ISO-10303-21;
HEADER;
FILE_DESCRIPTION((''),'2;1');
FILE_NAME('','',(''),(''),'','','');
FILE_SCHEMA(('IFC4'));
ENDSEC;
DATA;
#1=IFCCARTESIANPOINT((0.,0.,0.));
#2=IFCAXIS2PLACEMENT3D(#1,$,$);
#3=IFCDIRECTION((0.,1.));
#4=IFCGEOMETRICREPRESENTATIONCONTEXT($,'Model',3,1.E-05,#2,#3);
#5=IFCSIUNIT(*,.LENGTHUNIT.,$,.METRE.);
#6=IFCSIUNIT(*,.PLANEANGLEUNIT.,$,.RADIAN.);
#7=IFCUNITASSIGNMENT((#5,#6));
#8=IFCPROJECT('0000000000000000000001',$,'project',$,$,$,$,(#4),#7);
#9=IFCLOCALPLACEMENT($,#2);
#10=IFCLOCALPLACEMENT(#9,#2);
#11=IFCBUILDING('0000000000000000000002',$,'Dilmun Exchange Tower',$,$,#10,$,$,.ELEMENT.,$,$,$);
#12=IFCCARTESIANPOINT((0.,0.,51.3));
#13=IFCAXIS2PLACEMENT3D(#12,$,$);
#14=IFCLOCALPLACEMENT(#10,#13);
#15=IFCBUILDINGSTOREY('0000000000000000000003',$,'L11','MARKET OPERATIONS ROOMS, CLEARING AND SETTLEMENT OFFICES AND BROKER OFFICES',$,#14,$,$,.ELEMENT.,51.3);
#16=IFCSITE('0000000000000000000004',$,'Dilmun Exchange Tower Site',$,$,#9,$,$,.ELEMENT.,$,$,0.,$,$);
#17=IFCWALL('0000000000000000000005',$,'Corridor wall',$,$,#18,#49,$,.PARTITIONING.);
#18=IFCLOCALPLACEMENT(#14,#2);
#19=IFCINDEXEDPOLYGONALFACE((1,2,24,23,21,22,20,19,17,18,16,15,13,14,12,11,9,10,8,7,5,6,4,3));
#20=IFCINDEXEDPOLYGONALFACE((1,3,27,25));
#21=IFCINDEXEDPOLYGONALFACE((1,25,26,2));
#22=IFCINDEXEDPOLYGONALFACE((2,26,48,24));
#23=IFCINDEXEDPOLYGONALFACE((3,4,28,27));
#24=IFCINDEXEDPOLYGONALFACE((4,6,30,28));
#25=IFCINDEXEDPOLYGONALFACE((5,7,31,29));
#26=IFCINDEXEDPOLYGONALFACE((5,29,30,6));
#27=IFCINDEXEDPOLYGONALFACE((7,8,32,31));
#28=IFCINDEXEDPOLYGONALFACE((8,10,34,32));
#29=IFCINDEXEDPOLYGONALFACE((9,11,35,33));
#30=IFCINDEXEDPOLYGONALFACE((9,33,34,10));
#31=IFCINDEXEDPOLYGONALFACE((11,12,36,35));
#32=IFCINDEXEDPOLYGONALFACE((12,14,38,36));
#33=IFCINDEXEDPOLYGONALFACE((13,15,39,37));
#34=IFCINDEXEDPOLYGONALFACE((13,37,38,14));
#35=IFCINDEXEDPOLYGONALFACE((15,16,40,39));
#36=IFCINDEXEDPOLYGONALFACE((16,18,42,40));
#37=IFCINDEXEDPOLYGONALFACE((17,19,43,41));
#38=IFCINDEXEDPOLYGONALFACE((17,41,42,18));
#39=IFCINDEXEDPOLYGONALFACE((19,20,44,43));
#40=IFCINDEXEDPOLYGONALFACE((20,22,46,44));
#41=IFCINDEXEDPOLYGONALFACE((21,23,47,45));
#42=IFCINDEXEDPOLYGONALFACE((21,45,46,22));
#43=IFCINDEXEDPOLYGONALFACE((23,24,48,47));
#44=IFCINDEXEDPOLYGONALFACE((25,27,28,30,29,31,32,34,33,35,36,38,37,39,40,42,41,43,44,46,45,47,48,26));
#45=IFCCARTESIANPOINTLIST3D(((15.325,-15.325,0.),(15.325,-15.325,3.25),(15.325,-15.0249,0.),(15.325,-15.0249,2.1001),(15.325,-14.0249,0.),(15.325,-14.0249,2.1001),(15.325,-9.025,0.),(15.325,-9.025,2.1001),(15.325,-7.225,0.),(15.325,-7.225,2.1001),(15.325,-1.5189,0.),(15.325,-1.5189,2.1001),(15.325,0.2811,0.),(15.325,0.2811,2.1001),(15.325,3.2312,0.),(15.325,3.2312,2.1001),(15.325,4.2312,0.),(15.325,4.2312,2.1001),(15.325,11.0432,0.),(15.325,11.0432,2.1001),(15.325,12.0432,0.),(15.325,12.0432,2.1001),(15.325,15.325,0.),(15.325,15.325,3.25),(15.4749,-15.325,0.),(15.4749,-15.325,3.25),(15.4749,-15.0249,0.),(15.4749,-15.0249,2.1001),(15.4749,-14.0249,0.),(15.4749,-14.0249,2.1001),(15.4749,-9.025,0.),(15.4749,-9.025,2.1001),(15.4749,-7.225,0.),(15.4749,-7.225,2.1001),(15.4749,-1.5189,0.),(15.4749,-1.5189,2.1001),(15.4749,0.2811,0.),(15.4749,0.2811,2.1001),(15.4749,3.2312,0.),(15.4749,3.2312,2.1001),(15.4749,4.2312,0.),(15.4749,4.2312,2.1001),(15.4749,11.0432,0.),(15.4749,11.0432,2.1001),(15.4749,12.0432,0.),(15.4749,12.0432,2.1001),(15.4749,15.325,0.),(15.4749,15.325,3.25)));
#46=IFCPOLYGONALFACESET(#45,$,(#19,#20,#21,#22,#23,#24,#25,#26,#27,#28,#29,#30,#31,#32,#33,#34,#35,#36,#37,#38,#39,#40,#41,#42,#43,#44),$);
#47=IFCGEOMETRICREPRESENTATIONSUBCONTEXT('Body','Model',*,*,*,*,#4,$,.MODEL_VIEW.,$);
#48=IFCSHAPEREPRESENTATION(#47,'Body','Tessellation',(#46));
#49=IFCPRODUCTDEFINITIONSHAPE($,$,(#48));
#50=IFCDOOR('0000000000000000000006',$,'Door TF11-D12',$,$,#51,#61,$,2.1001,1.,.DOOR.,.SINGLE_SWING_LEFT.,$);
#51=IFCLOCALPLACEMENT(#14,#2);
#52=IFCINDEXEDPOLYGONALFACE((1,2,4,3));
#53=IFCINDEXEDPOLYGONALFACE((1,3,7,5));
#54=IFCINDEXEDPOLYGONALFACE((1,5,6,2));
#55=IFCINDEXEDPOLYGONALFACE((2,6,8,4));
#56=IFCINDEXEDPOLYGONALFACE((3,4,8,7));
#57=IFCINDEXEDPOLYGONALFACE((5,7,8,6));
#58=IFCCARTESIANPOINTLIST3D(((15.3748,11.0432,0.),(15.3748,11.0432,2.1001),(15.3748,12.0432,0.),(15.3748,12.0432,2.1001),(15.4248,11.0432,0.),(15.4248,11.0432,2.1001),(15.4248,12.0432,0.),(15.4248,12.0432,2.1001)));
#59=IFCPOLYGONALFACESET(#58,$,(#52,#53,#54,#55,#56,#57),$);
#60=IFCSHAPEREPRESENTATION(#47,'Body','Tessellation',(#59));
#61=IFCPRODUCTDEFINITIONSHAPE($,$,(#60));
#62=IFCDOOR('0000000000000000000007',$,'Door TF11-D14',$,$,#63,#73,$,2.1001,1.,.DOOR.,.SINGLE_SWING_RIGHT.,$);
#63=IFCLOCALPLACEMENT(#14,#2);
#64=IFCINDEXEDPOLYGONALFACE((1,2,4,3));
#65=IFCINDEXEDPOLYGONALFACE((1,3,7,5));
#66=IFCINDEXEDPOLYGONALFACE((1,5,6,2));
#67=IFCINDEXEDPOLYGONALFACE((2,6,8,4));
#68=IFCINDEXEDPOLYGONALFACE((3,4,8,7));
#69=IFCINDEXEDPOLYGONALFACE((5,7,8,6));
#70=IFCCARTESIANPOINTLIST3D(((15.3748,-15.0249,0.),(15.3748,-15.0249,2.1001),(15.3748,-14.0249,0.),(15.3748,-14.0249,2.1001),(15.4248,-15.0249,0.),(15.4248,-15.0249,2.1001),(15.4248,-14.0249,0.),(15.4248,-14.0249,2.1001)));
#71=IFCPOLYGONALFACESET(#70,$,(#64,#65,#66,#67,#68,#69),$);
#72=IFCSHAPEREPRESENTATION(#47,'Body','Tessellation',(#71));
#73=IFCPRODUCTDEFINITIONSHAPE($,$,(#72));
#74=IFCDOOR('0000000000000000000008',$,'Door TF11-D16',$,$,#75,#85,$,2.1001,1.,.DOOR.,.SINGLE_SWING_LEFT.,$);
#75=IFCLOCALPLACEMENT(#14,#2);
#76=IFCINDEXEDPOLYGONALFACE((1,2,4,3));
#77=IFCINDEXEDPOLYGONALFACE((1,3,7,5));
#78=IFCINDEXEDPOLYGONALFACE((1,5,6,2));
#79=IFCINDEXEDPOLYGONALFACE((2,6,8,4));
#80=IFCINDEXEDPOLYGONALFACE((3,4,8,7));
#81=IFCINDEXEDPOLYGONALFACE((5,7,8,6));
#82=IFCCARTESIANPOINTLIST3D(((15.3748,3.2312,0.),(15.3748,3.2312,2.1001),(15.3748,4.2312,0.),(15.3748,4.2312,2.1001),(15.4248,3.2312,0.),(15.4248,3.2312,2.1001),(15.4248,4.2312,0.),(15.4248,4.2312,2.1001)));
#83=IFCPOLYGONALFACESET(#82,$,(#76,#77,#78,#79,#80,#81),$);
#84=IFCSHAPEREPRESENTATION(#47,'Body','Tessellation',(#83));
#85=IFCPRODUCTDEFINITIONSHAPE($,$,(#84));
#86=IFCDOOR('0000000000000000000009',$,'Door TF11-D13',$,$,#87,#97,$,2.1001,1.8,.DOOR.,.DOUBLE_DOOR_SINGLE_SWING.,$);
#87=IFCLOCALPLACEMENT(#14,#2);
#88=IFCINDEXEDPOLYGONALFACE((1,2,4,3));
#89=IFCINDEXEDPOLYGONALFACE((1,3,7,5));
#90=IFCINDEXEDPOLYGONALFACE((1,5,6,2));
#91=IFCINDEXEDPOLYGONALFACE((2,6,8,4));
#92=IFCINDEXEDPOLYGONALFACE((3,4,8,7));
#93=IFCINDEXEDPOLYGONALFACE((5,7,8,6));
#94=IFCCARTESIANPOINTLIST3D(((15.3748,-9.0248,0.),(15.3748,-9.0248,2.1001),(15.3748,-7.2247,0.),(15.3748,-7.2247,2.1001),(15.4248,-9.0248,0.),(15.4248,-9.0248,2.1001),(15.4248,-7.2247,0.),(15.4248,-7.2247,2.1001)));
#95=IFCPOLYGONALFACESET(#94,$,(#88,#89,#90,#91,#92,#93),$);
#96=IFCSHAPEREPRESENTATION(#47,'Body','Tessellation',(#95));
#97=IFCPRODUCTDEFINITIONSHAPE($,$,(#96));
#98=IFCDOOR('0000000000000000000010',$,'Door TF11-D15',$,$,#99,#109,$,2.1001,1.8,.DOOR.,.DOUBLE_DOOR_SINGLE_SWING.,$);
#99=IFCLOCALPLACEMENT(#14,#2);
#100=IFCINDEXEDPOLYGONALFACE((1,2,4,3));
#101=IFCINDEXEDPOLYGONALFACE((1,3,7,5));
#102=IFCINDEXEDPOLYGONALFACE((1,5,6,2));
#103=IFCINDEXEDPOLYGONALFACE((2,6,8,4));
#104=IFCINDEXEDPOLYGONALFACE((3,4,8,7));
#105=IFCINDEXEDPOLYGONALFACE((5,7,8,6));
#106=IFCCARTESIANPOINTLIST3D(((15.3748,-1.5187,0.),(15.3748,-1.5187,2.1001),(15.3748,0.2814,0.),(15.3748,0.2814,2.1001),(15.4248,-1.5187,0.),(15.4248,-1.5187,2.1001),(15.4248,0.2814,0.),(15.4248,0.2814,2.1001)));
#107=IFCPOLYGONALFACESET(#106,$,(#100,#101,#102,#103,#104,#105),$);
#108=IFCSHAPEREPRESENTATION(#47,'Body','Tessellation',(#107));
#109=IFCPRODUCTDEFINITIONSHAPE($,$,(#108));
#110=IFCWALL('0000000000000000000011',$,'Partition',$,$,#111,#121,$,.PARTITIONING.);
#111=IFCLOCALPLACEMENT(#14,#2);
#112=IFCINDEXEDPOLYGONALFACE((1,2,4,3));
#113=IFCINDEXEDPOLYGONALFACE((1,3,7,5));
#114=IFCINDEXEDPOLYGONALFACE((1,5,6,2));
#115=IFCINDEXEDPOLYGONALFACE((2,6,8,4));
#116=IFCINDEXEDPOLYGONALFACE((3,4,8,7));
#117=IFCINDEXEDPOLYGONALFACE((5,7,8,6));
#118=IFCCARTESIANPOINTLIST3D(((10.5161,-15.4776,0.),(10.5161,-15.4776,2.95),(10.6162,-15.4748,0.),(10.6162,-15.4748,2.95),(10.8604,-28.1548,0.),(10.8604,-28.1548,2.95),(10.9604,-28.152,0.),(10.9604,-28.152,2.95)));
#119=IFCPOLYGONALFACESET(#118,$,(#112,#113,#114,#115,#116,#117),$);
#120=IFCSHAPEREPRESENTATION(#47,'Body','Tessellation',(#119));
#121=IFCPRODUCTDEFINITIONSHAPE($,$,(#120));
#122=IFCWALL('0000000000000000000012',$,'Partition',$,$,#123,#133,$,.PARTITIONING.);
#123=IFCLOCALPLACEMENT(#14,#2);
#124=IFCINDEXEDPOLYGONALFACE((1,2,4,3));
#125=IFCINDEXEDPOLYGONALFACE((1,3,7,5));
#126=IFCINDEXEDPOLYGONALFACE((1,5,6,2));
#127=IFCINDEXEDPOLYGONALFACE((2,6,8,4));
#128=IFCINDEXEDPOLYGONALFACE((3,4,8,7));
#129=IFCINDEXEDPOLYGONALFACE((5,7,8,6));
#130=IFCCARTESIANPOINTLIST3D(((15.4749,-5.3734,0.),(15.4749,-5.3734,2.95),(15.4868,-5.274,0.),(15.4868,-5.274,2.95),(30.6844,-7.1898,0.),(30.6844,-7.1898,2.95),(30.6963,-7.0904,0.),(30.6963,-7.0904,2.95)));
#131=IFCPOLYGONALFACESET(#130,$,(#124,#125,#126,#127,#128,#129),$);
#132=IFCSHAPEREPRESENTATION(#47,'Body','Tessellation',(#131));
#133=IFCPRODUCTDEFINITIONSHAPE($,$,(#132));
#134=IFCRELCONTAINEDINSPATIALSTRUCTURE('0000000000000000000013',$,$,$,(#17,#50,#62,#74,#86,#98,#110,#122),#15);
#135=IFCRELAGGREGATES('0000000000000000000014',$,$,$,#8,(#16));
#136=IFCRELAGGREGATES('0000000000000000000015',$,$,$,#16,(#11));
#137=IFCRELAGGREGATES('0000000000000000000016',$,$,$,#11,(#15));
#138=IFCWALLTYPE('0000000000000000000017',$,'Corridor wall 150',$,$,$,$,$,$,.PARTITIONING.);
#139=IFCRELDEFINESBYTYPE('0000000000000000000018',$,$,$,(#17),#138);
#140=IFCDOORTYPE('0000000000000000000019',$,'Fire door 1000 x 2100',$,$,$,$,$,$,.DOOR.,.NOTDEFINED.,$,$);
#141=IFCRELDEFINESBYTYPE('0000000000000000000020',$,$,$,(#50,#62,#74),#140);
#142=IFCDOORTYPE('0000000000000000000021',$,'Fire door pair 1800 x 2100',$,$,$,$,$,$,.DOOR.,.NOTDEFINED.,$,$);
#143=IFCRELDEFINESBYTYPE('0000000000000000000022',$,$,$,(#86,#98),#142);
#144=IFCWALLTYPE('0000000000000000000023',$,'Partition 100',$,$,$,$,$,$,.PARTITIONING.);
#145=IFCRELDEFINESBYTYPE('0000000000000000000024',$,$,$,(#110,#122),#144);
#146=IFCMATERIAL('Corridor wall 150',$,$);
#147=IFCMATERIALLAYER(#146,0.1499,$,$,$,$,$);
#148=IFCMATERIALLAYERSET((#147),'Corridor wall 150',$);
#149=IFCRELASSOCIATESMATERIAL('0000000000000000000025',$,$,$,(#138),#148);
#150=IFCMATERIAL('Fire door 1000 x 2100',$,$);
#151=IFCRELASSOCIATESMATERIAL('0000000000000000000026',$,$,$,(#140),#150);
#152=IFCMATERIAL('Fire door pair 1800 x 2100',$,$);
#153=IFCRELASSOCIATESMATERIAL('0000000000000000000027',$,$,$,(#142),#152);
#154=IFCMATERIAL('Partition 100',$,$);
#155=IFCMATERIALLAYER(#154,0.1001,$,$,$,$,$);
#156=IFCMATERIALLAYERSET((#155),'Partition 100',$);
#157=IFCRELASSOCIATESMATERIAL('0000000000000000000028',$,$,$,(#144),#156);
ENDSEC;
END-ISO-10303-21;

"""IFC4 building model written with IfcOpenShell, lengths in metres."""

from ifc_helpers import new_model, si_unit, direction, frame, frame_2d, origin, place, context, subcontext, project, spatial, rectangle, extrude, material, layer, layer_set, type_object, element, fill, save


model = new_model("IFC4")

# Units and contexts
model_context = context("Model", 3, precision=1e-05, world=origin(), true_north=direction((0.0, 1.0)))
body_context = subcontext(model_context, "Body", "Model", "MODEL_VIEW")
ifc_project = project(units=[si_unit("LENGTHUNIT", "METRE"), si_unit("PLANEANGLEUNIT", "RADIAN")], contexts=[model_context])

# Site, building, storey
site_placement = place(None, origin())
site = spatial("IfcSite", under=ifc_project, at=site_placement, Name="Dilmun Exchange Tower Site", CompositionType="ELEMENT", RefElevation=0.0)
building_placement = place(site_placement, origin())
building = spatial("IfcBuilding", under=site, at=building_placement, Name="Dilmun Exchange Tower", CompositionType="ELEMENT")
storey_placement = place(building_placement, frame((0.0, 0.0, 51.3)))
storey = spatial("IfcBuildingStorey", under=building, at=storey_placement, Name="L11", Description="MARKET OPERATIONS ROOMS, CLEARING AND SETTLEMENT OFFICES AND BROKER OFFICES", CompositionType="ELEMENT", Elevation=51.3)

# Wall, openings, doors
ifc_material_1 = material(Name="Corridor wall 150")
ifc_layer_1 = layer(ifc_material_1, 0.1499)
ifc_layer_set_1 = layer_set([ifc_layer_1], Name="Corridor wall 150")
wall_type_1 = type_object("IfcWallType", Name="Corridor wall 150", PredefinedType="PARTITIONING", material=ifc_layer_set_1)
wall_1_placement = place(storey_placement, frame((15.3999, -15.325, 0.0), z_axis=(0.0, 0.0, 1.0), x_axis=(0.0, 1.0, 0.0)))
wall_1 = element("IfcWall", 1, at=wall_1_placement, inside=storey, type_object=wall_type_1, Name="Corridor wall", PredefinedType="PARTITIONING", context=body_context, shape_type="SweptSolid", body=[
    extrude(rectangle(XDim=30.6499, YDim=0.1499, at=frame_2d((15.325, 0.0))), origin(), (0.0, 0.0, 1.0), 3.25),
])
opening_1_placement = place(wall_1_placement, frame((26.3682, 0.0, 0.0)))
opening_1 = element("IfcOpeningElement", 2, at=opening_1_placement, cuts=wall_1, PredefinedType="OPENING", context=body_context, shape_type="SweptSolid", body=[
    extrude(rectangle(XDim=1.0, YDim=2.1001, at=frame_2d((0.5, 1.05))), frame((0.0, 0.085, 0.0), z_axis=(0.0, -1.0, 0.0), x_axis=(1.0, 0.0, 0.0)), (0.0, 0.0, 1.0), 0.1699),
])
opening_2_placement = place(wall_1_placement, frame((6.3, 0.0, 0.0)))
opening_2 = element("IfcOpeningElement", 3, at=opening_2_placement, cuts=wall_1, PredefinedType="OPENING", context=body_context, shape_type="SweptSolid", body=[
    extrude(rectangle(XDim=1.8, YDim=2.1001, at=frame_2d((0.8999, 1.05))), frame((0.0, 0.085, 0.0), z_axis=(0.0, -1.0, 0.0), x_axis=(1.0, 0.0, 0.0)), (0.0, 0.0, 1.0), 0.1699),
])
opening_3_placement = place(wall_1_placement, frame((0.3, 0.0, 0.0)))
opening_3 = element("IfcOpeningElement", 4, at=opening_3_placement, cuts=wall_1, PredefinedType="OPENING", context=body_context, shape_type="SweptSolid", body=[
    extrude(rectangle(XDim=1.0, YDim=2.1001, at=frame_2d((0.5, 1.05))), frame((0.0, 0.085, 0.0), z_axis=(0.0, -1.0, 0.0), x_axis=(1.0, 0.0, 0.0)), (0.0, 0.0, 1.0), 0.1699),
])
opening_4_placement = place(wall_1_placement, frame((13.8062, 0.0, 0.0)))
opening_4 = element("IfcOpeningElement", 5, at=opening_4_placement, cuts=wall_1, PredefinedType="OPENING", context=body_context, shape_type="SweptSolid", body=[
    extrude(rectangle(XDim=1.8, YDim=2.1001, at=frame_2d((0.8999, 1.05))), frame((0.0, 0.085, 0.0), z_axis=(0.0, -1.0, 0.0), x_axis=(1.0, 0.0, 0.0)), (0.0, 0.0, 1.0), 0.1699),
])
opening_5_placement = place(wall_1_placement, frame((18.5562, 0.0, 0.0)))
opening_5 = element("IfcOpeningElement", 6, at=opening_5_placement, cuts=wall_1, PredefinedType="OPENING", context=body_context, shape_type="SweptSolid", body=[
    extrude(rectangle(XDim=1.0, YDim=2.1001, at=frame_2d((0.5, 1.05))), frame((0.0, 0.085, 0.0), z_axis=(0.0, -1.0, 0.0), x_axis=(1.0, 0.0, 0.0)), (0.0, 0.0, 1.0), 0.1699),
])
ifc_material_2 = material(Name="Fire door 1000 x 2100")
door_type_1 = type_object("IfcDoorType", Name="Fire door 1000 x 2100", OperationType="NOTDEFINED", PredefinedType="DOOR", material=ifc_material_2)
door_1_placement = place(opening_1_placement, frame((1.0, 0.0, 0.0), z_axis=(0.0, 0.0, 1.0), x_axis=(-1.0, 0.0, 0.0)))
door_1 = element("IfcDoor", 7, at=door_1_placement, inside=storey, type_object=door_type_1, Name="Door TF11-D12", OperationType="SINGLE_SWING_LEFT", OverallHeight=2.1001, OverallWidth=1.0, PredefinedType="DOOR", context=body_context, shape_type="SweptSolid", body=[
    extrude(rectangle(XDim=1.0, YDim=2.1001, at=frame_2d((0.5, 1.05))), frame((0.0, 0.0249, 0.0), z_axis=(0.0, -1.0, 0.0), x_axis=(1.0, 0.0, 0.0)), (0.0, 0.0, 1.0), 0.05),
])
fill(opening_1, door_1)
door_2_placement = place(opening_3_placement, frame((1.0, 0.0, 0.0), z_axis=(0.0, 0.0, 1.0), x_axis=(-1.0, 0.0, 0.0)))
door_2 = element("IfcDoor", 8, at=door_2_placement, inside=storey, type_object=door_type_1, Name="Door TF11-D14", OperationType="SINGLE_SWING_RIGHT", OverallHeight=2.1001, OverallWidth=1.0, PredefinedType="DOOR", context=body_context, shape_type="SweptSolid", body=[
    extrude(rectangle(XDim=1.0, YDim=2.1001, at=frame_2d((0.5, 1.05))), frame((0.0, 0.0249, 0.0), z_axis=(0.0, -1.0, 0.0), x_axis=(1.0, 0.0, 0.0)), (0.0, 0.0, 1.0), 0.05),
])
fill(opening_3, door_2)
door_3_placement = place(opening_5_placement, frame((1.0, 0.0, 0.0), z_axis=(0.0, 0.0, 1.0), x_axis=(-1.0, 0.0, 0.0)))
door_3 = element("IfcDoor", 9, at=door_3_placement, inside=storey, type_object=door_type_1, Name="Door TF11-D16", OperationType="SINGLE_SWING_LEFT", OverallHeight=2.1001, OverallWidth=1.0, PredefinedType="DOOR", context=body_context, shape_type="SweptSolid", body=[
    extrude(rectangle(XDim=1.0, YDim=2.1001, at=frame_2d((0.5, 1.05))), frame((0.0, 0.0249, 0.0), z_axis=(0.0, -1.0, 0.0), x_axis=(1.0, 0.0, 0.0)), (0.0, 0.0, 1.0), 0.05),
])
fill(opening_5, door_3)
ifc_material_3 = material(Name="Fire door pair 1800 x 2100")
door_type_2 = type_object("IfcDoorType", Name="Fire door pair 1800 x 2100", OperationType="NOTDEFINED", PredefinedType="DOOR", material=ifc_material_3)
door_4_placement = place(opening_2_placement, frame((1.8, 0.0, 0.0), z_axis=(0.0, 0.0, 1.0), x_axis=(-1.0, 0.0, 0.0)))
door_4 = element("IfcDoor", 10, at=door_4_placement, inside=storey, type_object=door_type_2, Name="Door TF11-D13", OperationType="DOUBLE_DOOR_SINGLE_SWING", OverallHeight=2.1001, OverallWidth=1.8, PredefinedType="DOOR", context=body_context, shape_type="SweptSolid", body=[
    extrude(rectangle(XDim=1.8, YDim=2.1001, at=frame_2d((0.8999, 1.05))), frame((0.0, 0.0249, 0.0), z_axis=(0.0, -1.0, 0.0), x_axis=(1.0, 0.0, 0.0)), (0.0, 0.0, 1.0), 0.05),
])
fill(opening_2, door_4)
door_5_placement = place(opening_4_placement, frame((1.8, 0.0, 0.0), z_axis=(0.0, 0.0, 1.0), x_axis=(-1.0, 0.0, 0.0)))
door_5 = element("IfcDoor", 11, at=door_5_placement, inside=storey, type_object=door_type_2, Name="Door TF11-D15", OperationType="DOUBLE_DOOR_SINGLE_SWING", OverallHeight=2.1001, OverallWidth=1.8, PredefinedType="DOOR", context=body_context, shape_type="SweptSolid", body=[
    extrude(rectangle(XDim=1.8, YDim=2.1001, at=frame_2d((0.8999, 1.05))), frame((0.0, 0.0249, 0.0), z_axis=(0.0, -1.0, 0.0), x_axis=(1.0, 0.0, 0.0)), (0.0, 0.0, 1.0), 0.05),
])
fill(opening_4, door_5)

# Walls
ifc_material_4 = material(Name="Partition 100")
ifc_layer_2 = layer(ifc_material_4, 0.1001)
ifc_layer_set_2 = layer_set([ifc_layer_2], Name="Partition 100")
wall_type_2 = type_object("IfcWallType", Name="Partition 100", PredefinedType="PARTITIONING", material=ifc_layer_set_2)
wall_2_placement = place(storey_placement, frame((10.5662, -15.4763, 0.0), z_axis=(0.0, 0.0, 1.0), x_axis=(0.027144, -0.999632, 0.0)))
element("IfcWall", 12, at=wall_2_placement, inside=storey, type_object=wall_type_2, Name="Partition", PredefinedType="PARTITIONING", context=body_context, shape_type="SweptSolid", body=[
    extrude(rectangle(XDim=12.6819, YDim=0.1001, at=frame_2d((6.3408, 0.0))), origin(), (0.0, 0.0, 1.0), 2.95),
])
wall_3_placement = place(storey_placement, frame((15.481, -5.3237, 0.0), z_axis=(0.0, 0.0, 1.0), x_axis=(0.992944, -0.118583, 0.0)))
element("IfcWall", 13, at=wall_3_placement, inside=storey, type_object=wall_type_2, Name="Partition", PredefinedType="PARTITIONING", context=body_context, shape_type="SweptSolid", body=[
    extrude(rectangle(XDim=15.3176, YDim=0.1001, at=frame_2d((7.6587, 0.0))), origin(), (0.0, 0.0, 1.0), 2.95),
])

save(model, "model.ifc")
